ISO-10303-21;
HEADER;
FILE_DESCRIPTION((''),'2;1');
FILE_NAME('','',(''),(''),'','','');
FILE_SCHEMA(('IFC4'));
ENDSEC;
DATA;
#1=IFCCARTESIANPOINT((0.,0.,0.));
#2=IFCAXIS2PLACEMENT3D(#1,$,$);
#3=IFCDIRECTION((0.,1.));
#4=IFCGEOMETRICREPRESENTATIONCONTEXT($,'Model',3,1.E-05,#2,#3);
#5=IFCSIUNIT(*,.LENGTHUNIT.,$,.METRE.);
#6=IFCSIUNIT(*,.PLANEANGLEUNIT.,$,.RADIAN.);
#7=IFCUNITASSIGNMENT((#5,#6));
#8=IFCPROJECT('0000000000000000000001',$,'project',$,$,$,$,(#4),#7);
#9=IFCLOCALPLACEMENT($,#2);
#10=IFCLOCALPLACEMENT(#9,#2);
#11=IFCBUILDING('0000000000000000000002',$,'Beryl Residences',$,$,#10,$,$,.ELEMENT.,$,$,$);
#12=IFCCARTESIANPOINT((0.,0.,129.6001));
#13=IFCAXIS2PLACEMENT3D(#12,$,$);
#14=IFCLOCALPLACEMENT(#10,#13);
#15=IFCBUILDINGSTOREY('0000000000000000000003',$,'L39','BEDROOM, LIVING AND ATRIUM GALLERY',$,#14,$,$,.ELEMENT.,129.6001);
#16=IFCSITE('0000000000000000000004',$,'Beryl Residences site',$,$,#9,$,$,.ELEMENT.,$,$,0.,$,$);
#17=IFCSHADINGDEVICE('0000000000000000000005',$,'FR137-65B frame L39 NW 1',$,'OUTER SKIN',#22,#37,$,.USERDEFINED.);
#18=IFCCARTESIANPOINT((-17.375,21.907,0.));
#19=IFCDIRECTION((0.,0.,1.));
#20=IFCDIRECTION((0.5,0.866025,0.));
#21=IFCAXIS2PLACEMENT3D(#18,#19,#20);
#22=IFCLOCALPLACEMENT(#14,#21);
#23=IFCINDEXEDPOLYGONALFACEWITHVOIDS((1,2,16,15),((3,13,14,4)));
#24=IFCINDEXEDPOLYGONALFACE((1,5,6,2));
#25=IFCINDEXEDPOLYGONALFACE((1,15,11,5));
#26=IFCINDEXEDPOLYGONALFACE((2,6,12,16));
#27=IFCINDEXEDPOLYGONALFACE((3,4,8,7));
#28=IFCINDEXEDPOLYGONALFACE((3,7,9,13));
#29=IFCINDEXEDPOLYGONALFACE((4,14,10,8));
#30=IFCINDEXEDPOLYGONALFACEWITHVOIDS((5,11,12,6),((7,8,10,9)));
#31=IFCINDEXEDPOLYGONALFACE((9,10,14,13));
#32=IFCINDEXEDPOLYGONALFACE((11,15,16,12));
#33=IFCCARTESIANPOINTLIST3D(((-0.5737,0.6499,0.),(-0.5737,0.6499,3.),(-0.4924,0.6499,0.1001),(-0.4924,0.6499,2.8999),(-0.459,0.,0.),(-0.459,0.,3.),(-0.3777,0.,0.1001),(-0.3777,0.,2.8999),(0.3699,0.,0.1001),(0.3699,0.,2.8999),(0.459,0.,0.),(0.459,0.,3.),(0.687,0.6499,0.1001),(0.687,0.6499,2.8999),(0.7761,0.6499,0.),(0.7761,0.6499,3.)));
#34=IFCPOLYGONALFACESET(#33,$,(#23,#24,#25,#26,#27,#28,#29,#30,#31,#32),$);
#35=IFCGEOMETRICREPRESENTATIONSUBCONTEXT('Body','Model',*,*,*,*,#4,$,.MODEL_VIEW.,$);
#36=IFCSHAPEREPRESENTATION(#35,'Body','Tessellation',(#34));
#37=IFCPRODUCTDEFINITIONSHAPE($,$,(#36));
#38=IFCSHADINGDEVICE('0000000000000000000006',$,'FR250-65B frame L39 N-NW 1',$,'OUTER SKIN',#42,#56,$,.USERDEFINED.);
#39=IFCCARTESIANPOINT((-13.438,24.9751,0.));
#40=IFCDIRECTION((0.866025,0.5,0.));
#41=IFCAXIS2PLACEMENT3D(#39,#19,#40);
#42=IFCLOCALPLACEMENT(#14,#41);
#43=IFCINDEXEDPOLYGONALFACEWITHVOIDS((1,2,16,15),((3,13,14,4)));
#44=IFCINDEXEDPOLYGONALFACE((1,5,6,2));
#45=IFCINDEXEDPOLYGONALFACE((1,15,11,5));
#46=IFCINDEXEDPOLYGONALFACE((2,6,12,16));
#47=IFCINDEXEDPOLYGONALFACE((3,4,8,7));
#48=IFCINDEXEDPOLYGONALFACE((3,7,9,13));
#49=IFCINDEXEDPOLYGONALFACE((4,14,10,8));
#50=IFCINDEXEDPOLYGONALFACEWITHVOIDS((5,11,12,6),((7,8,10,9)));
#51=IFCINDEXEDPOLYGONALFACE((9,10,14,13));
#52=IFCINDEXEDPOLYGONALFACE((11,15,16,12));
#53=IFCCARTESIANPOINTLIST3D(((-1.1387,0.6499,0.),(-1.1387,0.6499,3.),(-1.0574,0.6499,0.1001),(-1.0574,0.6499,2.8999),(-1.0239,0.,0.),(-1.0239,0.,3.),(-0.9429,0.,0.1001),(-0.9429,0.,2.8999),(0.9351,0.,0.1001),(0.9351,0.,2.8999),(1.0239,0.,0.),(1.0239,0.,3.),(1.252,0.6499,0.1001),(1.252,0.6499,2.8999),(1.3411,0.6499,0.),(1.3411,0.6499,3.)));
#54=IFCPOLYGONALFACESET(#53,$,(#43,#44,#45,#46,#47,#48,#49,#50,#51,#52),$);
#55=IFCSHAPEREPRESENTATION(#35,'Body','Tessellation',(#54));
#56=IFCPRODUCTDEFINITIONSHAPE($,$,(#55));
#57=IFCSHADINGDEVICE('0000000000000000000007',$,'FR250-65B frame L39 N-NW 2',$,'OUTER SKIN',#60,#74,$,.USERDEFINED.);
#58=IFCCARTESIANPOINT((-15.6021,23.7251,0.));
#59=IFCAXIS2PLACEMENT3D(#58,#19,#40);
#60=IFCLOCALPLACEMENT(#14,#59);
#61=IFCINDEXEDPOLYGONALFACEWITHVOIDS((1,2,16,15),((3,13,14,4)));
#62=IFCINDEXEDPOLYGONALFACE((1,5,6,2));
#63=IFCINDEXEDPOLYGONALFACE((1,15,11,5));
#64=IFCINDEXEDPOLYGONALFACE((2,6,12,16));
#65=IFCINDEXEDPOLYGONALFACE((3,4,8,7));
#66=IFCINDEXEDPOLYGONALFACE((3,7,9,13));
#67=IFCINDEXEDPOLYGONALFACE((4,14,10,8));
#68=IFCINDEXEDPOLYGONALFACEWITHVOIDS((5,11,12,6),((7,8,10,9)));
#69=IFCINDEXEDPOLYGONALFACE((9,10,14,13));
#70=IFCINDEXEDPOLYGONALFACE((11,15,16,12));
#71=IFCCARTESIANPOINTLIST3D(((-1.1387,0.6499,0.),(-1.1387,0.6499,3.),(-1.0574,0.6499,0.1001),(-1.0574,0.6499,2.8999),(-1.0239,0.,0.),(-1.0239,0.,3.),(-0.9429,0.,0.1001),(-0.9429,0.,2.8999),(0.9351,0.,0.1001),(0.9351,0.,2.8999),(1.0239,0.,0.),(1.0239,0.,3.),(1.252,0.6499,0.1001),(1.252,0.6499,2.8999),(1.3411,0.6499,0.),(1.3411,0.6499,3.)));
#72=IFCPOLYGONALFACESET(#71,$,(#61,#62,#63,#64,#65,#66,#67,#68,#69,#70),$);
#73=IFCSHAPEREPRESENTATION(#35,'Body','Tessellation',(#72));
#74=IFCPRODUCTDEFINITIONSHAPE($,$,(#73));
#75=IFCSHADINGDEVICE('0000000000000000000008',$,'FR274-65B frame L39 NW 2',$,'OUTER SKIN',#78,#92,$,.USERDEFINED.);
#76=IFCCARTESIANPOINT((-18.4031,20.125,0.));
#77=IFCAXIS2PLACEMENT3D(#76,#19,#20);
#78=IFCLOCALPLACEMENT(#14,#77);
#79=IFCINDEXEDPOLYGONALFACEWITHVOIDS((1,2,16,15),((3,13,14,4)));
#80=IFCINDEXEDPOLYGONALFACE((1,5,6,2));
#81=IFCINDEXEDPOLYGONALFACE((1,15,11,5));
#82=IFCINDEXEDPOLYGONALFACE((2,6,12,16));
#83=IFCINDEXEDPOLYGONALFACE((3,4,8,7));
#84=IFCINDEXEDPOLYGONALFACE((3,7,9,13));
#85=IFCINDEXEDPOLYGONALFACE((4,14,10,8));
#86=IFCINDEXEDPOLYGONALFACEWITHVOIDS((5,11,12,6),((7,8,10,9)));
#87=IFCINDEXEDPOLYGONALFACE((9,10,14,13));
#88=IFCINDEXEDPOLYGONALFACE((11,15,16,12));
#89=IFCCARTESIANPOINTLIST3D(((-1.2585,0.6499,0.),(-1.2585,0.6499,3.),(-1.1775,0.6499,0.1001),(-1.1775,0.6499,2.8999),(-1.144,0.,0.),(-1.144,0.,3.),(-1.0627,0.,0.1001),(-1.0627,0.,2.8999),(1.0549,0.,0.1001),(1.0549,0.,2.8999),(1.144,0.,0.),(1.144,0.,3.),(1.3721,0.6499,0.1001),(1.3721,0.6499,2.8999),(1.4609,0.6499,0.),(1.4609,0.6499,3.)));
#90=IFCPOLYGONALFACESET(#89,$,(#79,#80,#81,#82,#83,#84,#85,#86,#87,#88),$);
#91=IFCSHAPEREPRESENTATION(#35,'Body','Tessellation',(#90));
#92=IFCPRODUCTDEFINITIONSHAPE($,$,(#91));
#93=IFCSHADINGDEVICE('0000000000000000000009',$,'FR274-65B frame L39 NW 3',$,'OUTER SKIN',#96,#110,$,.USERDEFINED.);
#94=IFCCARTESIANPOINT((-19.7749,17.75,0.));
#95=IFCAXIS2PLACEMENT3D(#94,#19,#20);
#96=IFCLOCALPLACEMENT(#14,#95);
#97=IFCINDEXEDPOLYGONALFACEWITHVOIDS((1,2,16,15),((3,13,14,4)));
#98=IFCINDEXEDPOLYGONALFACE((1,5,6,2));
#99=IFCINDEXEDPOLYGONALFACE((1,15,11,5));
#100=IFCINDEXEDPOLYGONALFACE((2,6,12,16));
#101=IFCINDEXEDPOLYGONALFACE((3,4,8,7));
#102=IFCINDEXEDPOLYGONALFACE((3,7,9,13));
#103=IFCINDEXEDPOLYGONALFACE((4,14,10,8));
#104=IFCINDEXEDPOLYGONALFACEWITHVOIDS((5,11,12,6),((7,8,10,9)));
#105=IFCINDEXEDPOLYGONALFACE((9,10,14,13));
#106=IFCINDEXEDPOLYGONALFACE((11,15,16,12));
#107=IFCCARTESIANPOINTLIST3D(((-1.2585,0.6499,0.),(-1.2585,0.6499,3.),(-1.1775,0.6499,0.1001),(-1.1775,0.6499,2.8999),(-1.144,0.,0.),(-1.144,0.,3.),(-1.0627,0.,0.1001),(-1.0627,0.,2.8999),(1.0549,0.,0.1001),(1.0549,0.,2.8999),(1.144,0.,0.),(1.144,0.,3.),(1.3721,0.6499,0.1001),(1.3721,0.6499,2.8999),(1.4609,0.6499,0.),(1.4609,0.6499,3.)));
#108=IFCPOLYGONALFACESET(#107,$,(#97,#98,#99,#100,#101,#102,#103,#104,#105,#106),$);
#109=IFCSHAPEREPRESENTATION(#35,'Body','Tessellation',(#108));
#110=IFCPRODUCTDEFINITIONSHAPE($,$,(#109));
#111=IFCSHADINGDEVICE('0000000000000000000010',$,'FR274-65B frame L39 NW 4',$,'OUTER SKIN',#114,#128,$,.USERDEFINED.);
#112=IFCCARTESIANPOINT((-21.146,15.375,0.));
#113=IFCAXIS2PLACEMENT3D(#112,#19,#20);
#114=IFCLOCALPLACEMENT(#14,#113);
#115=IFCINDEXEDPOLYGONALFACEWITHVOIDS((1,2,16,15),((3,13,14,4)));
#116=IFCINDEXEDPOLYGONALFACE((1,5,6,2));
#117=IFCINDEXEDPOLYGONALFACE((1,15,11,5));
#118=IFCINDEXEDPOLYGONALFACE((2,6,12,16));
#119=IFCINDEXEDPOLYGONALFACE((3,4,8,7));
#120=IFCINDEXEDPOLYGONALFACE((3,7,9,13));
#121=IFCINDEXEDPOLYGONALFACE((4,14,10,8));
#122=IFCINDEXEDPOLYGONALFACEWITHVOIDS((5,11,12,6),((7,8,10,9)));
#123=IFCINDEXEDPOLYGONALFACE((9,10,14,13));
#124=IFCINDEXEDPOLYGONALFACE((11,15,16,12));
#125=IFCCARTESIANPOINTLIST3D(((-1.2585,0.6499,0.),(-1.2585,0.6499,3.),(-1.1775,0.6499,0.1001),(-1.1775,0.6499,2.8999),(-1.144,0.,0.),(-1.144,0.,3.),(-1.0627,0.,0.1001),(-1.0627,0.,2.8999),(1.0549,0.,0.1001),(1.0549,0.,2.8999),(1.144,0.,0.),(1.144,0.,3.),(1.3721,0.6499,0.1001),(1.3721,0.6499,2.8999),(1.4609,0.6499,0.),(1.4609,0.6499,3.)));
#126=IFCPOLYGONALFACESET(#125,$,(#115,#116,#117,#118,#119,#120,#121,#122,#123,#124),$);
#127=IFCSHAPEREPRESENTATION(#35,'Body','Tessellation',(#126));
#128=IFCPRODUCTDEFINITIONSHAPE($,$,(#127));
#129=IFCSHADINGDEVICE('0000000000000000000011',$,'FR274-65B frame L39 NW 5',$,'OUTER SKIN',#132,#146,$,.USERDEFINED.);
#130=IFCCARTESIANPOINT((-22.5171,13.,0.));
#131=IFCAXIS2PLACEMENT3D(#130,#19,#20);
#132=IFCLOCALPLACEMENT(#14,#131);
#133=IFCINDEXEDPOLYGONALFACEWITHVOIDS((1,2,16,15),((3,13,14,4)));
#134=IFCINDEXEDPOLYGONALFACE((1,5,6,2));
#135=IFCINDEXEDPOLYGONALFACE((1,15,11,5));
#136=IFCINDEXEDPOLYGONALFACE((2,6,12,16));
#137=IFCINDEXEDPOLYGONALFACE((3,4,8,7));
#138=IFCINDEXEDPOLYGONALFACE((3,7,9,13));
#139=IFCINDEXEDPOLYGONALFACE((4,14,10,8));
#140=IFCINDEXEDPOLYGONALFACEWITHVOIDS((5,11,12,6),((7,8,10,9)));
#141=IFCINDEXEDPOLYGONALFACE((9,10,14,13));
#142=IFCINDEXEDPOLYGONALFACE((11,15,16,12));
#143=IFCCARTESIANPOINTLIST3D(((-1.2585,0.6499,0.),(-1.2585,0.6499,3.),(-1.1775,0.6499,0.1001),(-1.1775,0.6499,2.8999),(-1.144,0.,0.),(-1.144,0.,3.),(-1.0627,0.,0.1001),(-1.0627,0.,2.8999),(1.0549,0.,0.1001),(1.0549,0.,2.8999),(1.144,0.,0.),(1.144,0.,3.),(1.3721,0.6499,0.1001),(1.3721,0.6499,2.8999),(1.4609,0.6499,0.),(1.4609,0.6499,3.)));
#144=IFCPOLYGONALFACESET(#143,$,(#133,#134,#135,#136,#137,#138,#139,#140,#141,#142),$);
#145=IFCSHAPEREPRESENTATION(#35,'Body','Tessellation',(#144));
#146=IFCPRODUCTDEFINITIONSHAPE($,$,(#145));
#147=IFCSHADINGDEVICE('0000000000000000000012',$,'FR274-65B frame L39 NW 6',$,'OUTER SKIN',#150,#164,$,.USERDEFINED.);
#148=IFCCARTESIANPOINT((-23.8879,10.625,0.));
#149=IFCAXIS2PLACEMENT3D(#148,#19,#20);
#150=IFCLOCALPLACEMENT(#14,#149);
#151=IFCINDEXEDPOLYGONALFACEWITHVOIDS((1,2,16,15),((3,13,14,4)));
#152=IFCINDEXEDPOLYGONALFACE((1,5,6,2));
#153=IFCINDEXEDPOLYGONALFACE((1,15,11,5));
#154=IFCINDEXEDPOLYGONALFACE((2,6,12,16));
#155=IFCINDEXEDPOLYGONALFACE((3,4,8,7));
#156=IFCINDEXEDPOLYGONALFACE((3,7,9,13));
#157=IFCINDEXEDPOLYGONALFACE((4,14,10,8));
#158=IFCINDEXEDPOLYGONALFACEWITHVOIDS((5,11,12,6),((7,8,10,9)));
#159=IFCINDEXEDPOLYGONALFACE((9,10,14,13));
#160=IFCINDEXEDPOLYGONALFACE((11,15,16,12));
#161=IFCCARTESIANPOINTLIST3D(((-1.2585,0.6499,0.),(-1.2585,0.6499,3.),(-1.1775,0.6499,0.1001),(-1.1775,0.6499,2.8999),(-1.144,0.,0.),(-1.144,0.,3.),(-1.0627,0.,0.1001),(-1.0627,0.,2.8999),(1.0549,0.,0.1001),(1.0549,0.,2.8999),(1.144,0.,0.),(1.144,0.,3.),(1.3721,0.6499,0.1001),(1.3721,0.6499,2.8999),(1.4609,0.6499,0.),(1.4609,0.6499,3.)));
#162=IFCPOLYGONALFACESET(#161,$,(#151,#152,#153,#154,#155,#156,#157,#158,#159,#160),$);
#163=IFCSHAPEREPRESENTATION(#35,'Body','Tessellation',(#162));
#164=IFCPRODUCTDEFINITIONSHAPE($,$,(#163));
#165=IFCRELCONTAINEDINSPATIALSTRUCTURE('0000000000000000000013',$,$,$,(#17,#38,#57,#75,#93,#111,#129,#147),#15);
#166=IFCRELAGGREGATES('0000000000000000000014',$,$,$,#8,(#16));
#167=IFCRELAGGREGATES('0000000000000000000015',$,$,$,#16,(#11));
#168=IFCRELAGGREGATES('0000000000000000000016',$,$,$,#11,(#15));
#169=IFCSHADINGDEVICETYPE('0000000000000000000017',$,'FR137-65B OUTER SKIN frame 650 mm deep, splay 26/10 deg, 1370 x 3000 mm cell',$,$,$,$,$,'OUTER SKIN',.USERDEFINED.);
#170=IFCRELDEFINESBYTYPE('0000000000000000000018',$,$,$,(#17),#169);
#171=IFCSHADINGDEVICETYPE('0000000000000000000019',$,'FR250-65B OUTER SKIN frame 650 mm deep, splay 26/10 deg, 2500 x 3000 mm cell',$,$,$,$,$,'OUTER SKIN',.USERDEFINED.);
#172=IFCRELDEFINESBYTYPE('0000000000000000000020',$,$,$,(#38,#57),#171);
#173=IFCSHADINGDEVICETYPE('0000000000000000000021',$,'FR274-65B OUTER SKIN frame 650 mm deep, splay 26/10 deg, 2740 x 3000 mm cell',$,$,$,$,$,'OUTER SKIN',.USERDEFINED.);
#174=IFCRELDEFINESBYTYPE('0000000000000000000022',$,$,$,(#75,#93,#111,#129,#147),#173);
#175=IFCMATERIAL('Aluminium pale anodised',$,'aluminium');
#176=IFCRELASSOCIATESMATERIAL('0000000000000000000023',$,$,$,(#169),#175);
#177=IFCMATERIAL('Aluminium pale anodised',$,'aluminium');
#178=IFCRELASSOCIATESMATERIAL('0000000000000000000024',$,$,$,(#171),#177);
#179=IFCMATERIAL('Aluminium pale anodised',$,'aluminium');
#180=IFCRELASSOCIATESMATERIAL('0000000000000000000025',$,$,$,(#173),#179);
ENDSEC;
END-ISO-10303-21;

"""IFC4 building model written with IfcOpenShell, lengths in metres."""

from ifc_helpers import new_model, entity, si_unit, direction, frame, origin, place, context, subcontext, project, spatial, source, transform, mapped, material, type_object, type_shapes, element, save


model = new_model("IFC4")

# Units and contexts
model_context = context("Model", 3, precision=1e-05, world=origin(), true_north=direction((0.0, 1.0)))
body_context = subcontext(model_context, "Body", "Model", "MODEL_VIEW")
ifc_project = project(units=[si_unit("LENGTHUNIT", "METRE"), si_unit("PLANEANGLEUNIT", "RADIAN")], contexts=[model_context])

# Site, building, storey
site_placement = place(None, origin())
site = spatial("IfcSite", under=ifc_project, at=site_placement, Name="Beryl Residences site", CompositionType="ELEMENT", RefElevation=0.0)
building_placement = place(site_placement, origin())
building = spatial("IfcBuilding", under=site, at=building_placement, Name="Beryl Residences", CompositionType="ELEMENT")
storey_placement = place(building_placement, frame((0.0, 0.0, 129.6001)))
storey = spatial("IfcBuildingStorey", under=building, at=storey_placement, Name="L39", Description="BEDROOM, LIVING AND ATRIUM GALLERY", CompositionType="ELEMENT", Elevation=129.6001)

# Shading devices
ifc_material_1 = material(Name="Aluminium pale anodised", Category="aluminium")
shading_device_type_1 = type_object("IfcShadingDeviceType", Name="FR137-65B OUTER SKIN frame 650 mm deep, splay 26/10 deg, 1370 x 3000 mm cell", ElementType="OUTER SKIN", PredefinedType="USERDEFINED", material=ifc_material_1)
cartesian_point_1 = entity("IfcCartesianPoint", [-0.459, 0.0])
cartesian_point_2 = entity("IfcCartesianPoint", [-0.3699, 0.1001])
cartesian_point_3 = entity("IfcCartesianPoint", [-0.7761, 0.0])
cartesian_point_4 = entity("IfcCartesianPoint", [-0.687, 0.1001])
shared_shape_1 = source(origin(), body_context, "Body", "SweptSolid", [
    entity("IfcExtrudedAreaSolidTapered", entity("IfcArbitraryProfileDefWithVoids", "AREA", None, entity("IfcPolyline", [cartesian_point_1, entity("IfcCartesianPoint", [0.459, 0.0]), entity("IfcCartesianPoint", [0.459, 3.0]), entity("IfcCartesianPoint", [-0.459, 3.0]), cartesian_point_1]), [entity("IfcPolyline", [cartesian_point_2, entity("IfcCartesianPoint", [0.3777, 0.1001]), entity("IfcCartesianPoint", [0.3777, 2.8999]), entity("IfcCartesianPoint", [-0.3699, 2.8999]), cartesian_point_2])]), entity("IfcAxis2Placement3D", entity("IfcCartesianPoint", [0.0, 0.0, 0.0]), entity("IfcDirection", [0.0, 1.0, 0.0]), entity("IfcDirection", [-1.0, 0.0, 0.0])), entity("IfcDirection", [0.0, 0.0, 1.0]), 0.6499, entity("IfcArbitraryProfileDefWithVoids", "AREA", None, entity("IfcPolyline", [cartesian_point_3, entity("IfcCartesianPoint", [0.5737, 0.0]), entity("IfcCartesianPoint", [0.5737, 3.0]), entity("IfcCartesianPoint", [-0.7761, 3.0]), cartesian_point_3]), [entity("IfcPolyline", [cartesian_point_4, entity("IfcCartesianPoint", [0.4924, 0.1001]), entity("IfcCartesianPoint", [0.4924, 2.8999]), entity("IfcCartesianPoint", [-0.687, 2.8999]), cartesian_point_4])])),
])
type_shapes(shading_device_type_1, [shared_shape_1])
shading_device_placement = place(storey_placement, frame((-17.375, 21.907, 0.0), z_axis=(0.0, 0.0, 1.0), x_axis=(0.5, 0.866025, 0.0)))
element("IfcShadingDevice", 1, at=shading_device_placement, inside=storey, type_object=shading_device_type_1, Name="FR137-65B frame L39 NW 1", ObjectType="OUTER SKIN", PredefinedType="USERDEFINED", context=body_context, shape_type="MappedRepresentation", body=[
    mapped(shared_shape_1, transform((0.0, 0.0, 0.0))),
])
ifc_material_2 = material(Name="Aluminium pale anodised", Category="aluminium")
shading_device_type_2 = type_object("IfcShadingDeviceType", Name="FR250-65B OUTER SKIN frame 650 mm deep, splay 26/10 deg, 2500 x 3000 mm cell", ElementType="OUTER SKIN", PredefinedType="USERDEFINED", material=ifc_material_2)
cartesian_point_5 = entity("IfcCartesianPoint", [-1.0239, 0.0])
cartesian_point_6 = entity("IfcCartesianPoint", [-0.9351, 0.1001])
cartesian_point_7 = entity("IfcCartesianPoint", [-1.3411, 0.0])
cartesian_point_8 = entity("IfcCartesianPoint", [-1.252, 0.1001])
shared_shape_2 = source(origin(), body_context, "Body", "SweptSolid", [
    entity("IfcExtrudedAreaSolidTapered", entity("IfcArbitraryProfileDefWithVoids", "AREA", None, entity("IfcPolyline", [cartesian_point_5, entity("IfcCartesianPoint", [1.0239, 0.0]), entity("IfcCartesianPoint", [1.0239, 3.0]), entity("IfcCartesianPoint", [-1.0239, 3.0]), cartesian_point_5]), [entity("IfcPolyline", [cartesian_point_6, entity("IfcCartesianPoint", [0.9429, 0.1001]), entity("IfcCartesianPoint", [0.9429, 2.8999]), entity("IfcCartesianPoint", [-0.9351, 2.8999]), cartesian_point_6])]), entity("IfcAxis2Placement3D", entity("IfcCartesianPoint", [0.0, 0.0, 0.0]), entity("IfcDirection", [0.0, 1.0, 0.0]), entity("IfcDirection", [-1.0, 0.0, 0.0])), entity("IfcDirection", [0.0, 0.0, 1.0]), 0.6499, entity("IfcArbitraryProfileDefWithVoids", "AREA", None, entity("IfcPolyline", [cartesian_point_7, entity("IfcCartesianPoint", [1.1387, 0.0]), entity("IfcCartesianPoint", [1.1387, 3.0]), entity("IfcCartesianPoint", [-1.3411, 3.0]), cartesian_point_7]), [entity("IfcPolyline", [cartesian_point_8, entity("IfcCartesianPoint", [1.0574, 0.1001]), entity("IfcCartesianPoint", [1.0574, 2.8999]), entity("IfcCartesianPoint", [-1.252, 2.8999]), cartesian_point_8])])),
])
type_shapes(shading_device_type_2, [shared_shape_2])
for number, where, z_axis, x_axis, name in (
    (2, (-13.438, 24.9751, 0.0), (0.0, 0.0, 1.0), (0.866025, 0.5, 0.0), "FR250-65B frame L39 N-NW 1"),
    (3, (-15.6021, 23.7251, 0.0), (0.0, 0.0, 1.0), (0.866025, 0.5, 0.0), "FR250-65B frame L39 N-NW 2"),
):
    element("IfcShadingDevice", number, at=place(storey_placement, frame(where, z_axis=z_axis, x_axis=x_axis)), inside=storey, type_object=shading_device_type_2, Name=name, ObjectType="OUTER SKIN", PredefinedType="USERDEFINED", context=body_context, shape_type="MappedRepresentation", body=[
        mapped(shared_shape_2, transform((0.0, 0.0, 0.0))),
    ])
ifc_material_3 = material(Name="Aluminium pale anodised", Category="aluminium")
shading_device_type_3 = type_object("IfcShadingDeviceType", Name="FR274-65B OUTER SKIN frame 650 mm deep, splay 26/10 deg, 2740 x 3000 mm cell", ElementType="OUTER SKIN", PredefinedType="USERDEFINED", material=ifc_material_3)
cartesian_point_9 = entity("IfcCartesianPoint", [-1.144, 0.0])
cartesian_point_10 = entity("IfcCartesianPoint", [-1.0549, 0.1001])
cartesian_point_11 = entity("IfcCartesianPoint", [-1.4609, 0.0])
cartesian_point_12 = entity("IfcCartesianPoint", [-1.3721, 0.1001])
shared_shape_3 = source(origin(), body_context, "Body", "SweptSolid", [
    entity("IfcExtrudedAreaSolidTapered", entity("IfcArbitraryProfileDefWithVoids", "AREA", None, entity("IfcPolyline", [cartesian_point_9, entity("IfcCartesianPoint", [1.144, 0.0]), entity("IfcCartesianPoint", [1.144, 3.0]), entity("IfcCartesianPoint", [-1.144, 3.0]), cartesian_point_9]), [entity("IfcPolyline", [cartesian_point_10, entity("IfcCartesianPoint", [1.0627, 0.1001]), entity("IfcCartesianPoint", [1.0627, 2.8999]), entity("IfcCartesianPoint", [-1.0549, 2.8999]), cartesian_point_10])]), entity("IfcAxis2Placement3D", entity("IfcCartesianPoint", [0.0, 0.0, 0.0]), entity("IfcDirection", [0.0, 1.0, 0.0]), entity("IfcDirection", [-1.0, 0.0, 0.0])), entity("IfcDirection", [0.0, 0.0, 1.0]), 0.6499, entity("IfcArbitraryProfileDefWithVoids", "AREA", None, entity("IfcPolyline", [cartesian_point_11, entity("IfcCartesianPoint", [1.2585, 0.0]), entity("IfcCartesianPoint", [1.2585, 3.0]), entity("IfcCartesianPoint", [-1.4609, 3.0]), cartesian_point_11]), [entity("IfcPolyline", [cartesian_point_12, entity("IfcCartesianPoint", [1.1775, 0.1001]), entity("IfcCartesianPoint", [1.1775, 2.8999]), entity("IfcCartesianPoint", [-1.3721, 2.8999]), cartesian_point_12])])),
])
type_shapes(shading_device_type_3, [shared_shape_3])
for number, where, z_axis, x_axis, name in (
    (4, (-18.4031, 20.125, 0.0), (0.0, 0.0, 1.0), (0.5, 0.866025, 0.0), "FR274-65B frame L39 NW 2"),
    (5, (-19.7749, 17.75, 0.0), (0.0, 0.0, 1.0), (0.5, 0.866025, 0.0), "FR274-65B frame L39 NW 3"),
    (6, (-21.146, 15.375, 0.0), (0.0, 0.0, 1.0), (0.5, 0.866025, 0.0), "FR274-65B frame L39 NW 4"),
    (7, (-22.5171, 13.0, 0.0), (0.0, 0.0, 1.0), (0.5, 0.866025, 0.0), "FR274-65B frame L39 NW 5"),
    (8, (-23.8879, 10.625, 0.0), (0.0, 0.0, 1.0), (0.5, 0.866025, 0.0), "FR274-65B frame L39 NW 6"),
):
    element("IfcShadingDevice", number, at=place(storey_placement, frame(where, z_axis=z_axis, x_axis=x_axis)), inside=storey, type_object=shading_device_type_3, Name=name, ObjectType="OUTER SKIN", PredefinedType="USERDEFINED", context=body_context, shape_type="MappedRepresentation", body=[
        mapped(shared_shape_3, transform((0.0, 0.0, 0.0))),
    ])

save(model, "model.ifc")
